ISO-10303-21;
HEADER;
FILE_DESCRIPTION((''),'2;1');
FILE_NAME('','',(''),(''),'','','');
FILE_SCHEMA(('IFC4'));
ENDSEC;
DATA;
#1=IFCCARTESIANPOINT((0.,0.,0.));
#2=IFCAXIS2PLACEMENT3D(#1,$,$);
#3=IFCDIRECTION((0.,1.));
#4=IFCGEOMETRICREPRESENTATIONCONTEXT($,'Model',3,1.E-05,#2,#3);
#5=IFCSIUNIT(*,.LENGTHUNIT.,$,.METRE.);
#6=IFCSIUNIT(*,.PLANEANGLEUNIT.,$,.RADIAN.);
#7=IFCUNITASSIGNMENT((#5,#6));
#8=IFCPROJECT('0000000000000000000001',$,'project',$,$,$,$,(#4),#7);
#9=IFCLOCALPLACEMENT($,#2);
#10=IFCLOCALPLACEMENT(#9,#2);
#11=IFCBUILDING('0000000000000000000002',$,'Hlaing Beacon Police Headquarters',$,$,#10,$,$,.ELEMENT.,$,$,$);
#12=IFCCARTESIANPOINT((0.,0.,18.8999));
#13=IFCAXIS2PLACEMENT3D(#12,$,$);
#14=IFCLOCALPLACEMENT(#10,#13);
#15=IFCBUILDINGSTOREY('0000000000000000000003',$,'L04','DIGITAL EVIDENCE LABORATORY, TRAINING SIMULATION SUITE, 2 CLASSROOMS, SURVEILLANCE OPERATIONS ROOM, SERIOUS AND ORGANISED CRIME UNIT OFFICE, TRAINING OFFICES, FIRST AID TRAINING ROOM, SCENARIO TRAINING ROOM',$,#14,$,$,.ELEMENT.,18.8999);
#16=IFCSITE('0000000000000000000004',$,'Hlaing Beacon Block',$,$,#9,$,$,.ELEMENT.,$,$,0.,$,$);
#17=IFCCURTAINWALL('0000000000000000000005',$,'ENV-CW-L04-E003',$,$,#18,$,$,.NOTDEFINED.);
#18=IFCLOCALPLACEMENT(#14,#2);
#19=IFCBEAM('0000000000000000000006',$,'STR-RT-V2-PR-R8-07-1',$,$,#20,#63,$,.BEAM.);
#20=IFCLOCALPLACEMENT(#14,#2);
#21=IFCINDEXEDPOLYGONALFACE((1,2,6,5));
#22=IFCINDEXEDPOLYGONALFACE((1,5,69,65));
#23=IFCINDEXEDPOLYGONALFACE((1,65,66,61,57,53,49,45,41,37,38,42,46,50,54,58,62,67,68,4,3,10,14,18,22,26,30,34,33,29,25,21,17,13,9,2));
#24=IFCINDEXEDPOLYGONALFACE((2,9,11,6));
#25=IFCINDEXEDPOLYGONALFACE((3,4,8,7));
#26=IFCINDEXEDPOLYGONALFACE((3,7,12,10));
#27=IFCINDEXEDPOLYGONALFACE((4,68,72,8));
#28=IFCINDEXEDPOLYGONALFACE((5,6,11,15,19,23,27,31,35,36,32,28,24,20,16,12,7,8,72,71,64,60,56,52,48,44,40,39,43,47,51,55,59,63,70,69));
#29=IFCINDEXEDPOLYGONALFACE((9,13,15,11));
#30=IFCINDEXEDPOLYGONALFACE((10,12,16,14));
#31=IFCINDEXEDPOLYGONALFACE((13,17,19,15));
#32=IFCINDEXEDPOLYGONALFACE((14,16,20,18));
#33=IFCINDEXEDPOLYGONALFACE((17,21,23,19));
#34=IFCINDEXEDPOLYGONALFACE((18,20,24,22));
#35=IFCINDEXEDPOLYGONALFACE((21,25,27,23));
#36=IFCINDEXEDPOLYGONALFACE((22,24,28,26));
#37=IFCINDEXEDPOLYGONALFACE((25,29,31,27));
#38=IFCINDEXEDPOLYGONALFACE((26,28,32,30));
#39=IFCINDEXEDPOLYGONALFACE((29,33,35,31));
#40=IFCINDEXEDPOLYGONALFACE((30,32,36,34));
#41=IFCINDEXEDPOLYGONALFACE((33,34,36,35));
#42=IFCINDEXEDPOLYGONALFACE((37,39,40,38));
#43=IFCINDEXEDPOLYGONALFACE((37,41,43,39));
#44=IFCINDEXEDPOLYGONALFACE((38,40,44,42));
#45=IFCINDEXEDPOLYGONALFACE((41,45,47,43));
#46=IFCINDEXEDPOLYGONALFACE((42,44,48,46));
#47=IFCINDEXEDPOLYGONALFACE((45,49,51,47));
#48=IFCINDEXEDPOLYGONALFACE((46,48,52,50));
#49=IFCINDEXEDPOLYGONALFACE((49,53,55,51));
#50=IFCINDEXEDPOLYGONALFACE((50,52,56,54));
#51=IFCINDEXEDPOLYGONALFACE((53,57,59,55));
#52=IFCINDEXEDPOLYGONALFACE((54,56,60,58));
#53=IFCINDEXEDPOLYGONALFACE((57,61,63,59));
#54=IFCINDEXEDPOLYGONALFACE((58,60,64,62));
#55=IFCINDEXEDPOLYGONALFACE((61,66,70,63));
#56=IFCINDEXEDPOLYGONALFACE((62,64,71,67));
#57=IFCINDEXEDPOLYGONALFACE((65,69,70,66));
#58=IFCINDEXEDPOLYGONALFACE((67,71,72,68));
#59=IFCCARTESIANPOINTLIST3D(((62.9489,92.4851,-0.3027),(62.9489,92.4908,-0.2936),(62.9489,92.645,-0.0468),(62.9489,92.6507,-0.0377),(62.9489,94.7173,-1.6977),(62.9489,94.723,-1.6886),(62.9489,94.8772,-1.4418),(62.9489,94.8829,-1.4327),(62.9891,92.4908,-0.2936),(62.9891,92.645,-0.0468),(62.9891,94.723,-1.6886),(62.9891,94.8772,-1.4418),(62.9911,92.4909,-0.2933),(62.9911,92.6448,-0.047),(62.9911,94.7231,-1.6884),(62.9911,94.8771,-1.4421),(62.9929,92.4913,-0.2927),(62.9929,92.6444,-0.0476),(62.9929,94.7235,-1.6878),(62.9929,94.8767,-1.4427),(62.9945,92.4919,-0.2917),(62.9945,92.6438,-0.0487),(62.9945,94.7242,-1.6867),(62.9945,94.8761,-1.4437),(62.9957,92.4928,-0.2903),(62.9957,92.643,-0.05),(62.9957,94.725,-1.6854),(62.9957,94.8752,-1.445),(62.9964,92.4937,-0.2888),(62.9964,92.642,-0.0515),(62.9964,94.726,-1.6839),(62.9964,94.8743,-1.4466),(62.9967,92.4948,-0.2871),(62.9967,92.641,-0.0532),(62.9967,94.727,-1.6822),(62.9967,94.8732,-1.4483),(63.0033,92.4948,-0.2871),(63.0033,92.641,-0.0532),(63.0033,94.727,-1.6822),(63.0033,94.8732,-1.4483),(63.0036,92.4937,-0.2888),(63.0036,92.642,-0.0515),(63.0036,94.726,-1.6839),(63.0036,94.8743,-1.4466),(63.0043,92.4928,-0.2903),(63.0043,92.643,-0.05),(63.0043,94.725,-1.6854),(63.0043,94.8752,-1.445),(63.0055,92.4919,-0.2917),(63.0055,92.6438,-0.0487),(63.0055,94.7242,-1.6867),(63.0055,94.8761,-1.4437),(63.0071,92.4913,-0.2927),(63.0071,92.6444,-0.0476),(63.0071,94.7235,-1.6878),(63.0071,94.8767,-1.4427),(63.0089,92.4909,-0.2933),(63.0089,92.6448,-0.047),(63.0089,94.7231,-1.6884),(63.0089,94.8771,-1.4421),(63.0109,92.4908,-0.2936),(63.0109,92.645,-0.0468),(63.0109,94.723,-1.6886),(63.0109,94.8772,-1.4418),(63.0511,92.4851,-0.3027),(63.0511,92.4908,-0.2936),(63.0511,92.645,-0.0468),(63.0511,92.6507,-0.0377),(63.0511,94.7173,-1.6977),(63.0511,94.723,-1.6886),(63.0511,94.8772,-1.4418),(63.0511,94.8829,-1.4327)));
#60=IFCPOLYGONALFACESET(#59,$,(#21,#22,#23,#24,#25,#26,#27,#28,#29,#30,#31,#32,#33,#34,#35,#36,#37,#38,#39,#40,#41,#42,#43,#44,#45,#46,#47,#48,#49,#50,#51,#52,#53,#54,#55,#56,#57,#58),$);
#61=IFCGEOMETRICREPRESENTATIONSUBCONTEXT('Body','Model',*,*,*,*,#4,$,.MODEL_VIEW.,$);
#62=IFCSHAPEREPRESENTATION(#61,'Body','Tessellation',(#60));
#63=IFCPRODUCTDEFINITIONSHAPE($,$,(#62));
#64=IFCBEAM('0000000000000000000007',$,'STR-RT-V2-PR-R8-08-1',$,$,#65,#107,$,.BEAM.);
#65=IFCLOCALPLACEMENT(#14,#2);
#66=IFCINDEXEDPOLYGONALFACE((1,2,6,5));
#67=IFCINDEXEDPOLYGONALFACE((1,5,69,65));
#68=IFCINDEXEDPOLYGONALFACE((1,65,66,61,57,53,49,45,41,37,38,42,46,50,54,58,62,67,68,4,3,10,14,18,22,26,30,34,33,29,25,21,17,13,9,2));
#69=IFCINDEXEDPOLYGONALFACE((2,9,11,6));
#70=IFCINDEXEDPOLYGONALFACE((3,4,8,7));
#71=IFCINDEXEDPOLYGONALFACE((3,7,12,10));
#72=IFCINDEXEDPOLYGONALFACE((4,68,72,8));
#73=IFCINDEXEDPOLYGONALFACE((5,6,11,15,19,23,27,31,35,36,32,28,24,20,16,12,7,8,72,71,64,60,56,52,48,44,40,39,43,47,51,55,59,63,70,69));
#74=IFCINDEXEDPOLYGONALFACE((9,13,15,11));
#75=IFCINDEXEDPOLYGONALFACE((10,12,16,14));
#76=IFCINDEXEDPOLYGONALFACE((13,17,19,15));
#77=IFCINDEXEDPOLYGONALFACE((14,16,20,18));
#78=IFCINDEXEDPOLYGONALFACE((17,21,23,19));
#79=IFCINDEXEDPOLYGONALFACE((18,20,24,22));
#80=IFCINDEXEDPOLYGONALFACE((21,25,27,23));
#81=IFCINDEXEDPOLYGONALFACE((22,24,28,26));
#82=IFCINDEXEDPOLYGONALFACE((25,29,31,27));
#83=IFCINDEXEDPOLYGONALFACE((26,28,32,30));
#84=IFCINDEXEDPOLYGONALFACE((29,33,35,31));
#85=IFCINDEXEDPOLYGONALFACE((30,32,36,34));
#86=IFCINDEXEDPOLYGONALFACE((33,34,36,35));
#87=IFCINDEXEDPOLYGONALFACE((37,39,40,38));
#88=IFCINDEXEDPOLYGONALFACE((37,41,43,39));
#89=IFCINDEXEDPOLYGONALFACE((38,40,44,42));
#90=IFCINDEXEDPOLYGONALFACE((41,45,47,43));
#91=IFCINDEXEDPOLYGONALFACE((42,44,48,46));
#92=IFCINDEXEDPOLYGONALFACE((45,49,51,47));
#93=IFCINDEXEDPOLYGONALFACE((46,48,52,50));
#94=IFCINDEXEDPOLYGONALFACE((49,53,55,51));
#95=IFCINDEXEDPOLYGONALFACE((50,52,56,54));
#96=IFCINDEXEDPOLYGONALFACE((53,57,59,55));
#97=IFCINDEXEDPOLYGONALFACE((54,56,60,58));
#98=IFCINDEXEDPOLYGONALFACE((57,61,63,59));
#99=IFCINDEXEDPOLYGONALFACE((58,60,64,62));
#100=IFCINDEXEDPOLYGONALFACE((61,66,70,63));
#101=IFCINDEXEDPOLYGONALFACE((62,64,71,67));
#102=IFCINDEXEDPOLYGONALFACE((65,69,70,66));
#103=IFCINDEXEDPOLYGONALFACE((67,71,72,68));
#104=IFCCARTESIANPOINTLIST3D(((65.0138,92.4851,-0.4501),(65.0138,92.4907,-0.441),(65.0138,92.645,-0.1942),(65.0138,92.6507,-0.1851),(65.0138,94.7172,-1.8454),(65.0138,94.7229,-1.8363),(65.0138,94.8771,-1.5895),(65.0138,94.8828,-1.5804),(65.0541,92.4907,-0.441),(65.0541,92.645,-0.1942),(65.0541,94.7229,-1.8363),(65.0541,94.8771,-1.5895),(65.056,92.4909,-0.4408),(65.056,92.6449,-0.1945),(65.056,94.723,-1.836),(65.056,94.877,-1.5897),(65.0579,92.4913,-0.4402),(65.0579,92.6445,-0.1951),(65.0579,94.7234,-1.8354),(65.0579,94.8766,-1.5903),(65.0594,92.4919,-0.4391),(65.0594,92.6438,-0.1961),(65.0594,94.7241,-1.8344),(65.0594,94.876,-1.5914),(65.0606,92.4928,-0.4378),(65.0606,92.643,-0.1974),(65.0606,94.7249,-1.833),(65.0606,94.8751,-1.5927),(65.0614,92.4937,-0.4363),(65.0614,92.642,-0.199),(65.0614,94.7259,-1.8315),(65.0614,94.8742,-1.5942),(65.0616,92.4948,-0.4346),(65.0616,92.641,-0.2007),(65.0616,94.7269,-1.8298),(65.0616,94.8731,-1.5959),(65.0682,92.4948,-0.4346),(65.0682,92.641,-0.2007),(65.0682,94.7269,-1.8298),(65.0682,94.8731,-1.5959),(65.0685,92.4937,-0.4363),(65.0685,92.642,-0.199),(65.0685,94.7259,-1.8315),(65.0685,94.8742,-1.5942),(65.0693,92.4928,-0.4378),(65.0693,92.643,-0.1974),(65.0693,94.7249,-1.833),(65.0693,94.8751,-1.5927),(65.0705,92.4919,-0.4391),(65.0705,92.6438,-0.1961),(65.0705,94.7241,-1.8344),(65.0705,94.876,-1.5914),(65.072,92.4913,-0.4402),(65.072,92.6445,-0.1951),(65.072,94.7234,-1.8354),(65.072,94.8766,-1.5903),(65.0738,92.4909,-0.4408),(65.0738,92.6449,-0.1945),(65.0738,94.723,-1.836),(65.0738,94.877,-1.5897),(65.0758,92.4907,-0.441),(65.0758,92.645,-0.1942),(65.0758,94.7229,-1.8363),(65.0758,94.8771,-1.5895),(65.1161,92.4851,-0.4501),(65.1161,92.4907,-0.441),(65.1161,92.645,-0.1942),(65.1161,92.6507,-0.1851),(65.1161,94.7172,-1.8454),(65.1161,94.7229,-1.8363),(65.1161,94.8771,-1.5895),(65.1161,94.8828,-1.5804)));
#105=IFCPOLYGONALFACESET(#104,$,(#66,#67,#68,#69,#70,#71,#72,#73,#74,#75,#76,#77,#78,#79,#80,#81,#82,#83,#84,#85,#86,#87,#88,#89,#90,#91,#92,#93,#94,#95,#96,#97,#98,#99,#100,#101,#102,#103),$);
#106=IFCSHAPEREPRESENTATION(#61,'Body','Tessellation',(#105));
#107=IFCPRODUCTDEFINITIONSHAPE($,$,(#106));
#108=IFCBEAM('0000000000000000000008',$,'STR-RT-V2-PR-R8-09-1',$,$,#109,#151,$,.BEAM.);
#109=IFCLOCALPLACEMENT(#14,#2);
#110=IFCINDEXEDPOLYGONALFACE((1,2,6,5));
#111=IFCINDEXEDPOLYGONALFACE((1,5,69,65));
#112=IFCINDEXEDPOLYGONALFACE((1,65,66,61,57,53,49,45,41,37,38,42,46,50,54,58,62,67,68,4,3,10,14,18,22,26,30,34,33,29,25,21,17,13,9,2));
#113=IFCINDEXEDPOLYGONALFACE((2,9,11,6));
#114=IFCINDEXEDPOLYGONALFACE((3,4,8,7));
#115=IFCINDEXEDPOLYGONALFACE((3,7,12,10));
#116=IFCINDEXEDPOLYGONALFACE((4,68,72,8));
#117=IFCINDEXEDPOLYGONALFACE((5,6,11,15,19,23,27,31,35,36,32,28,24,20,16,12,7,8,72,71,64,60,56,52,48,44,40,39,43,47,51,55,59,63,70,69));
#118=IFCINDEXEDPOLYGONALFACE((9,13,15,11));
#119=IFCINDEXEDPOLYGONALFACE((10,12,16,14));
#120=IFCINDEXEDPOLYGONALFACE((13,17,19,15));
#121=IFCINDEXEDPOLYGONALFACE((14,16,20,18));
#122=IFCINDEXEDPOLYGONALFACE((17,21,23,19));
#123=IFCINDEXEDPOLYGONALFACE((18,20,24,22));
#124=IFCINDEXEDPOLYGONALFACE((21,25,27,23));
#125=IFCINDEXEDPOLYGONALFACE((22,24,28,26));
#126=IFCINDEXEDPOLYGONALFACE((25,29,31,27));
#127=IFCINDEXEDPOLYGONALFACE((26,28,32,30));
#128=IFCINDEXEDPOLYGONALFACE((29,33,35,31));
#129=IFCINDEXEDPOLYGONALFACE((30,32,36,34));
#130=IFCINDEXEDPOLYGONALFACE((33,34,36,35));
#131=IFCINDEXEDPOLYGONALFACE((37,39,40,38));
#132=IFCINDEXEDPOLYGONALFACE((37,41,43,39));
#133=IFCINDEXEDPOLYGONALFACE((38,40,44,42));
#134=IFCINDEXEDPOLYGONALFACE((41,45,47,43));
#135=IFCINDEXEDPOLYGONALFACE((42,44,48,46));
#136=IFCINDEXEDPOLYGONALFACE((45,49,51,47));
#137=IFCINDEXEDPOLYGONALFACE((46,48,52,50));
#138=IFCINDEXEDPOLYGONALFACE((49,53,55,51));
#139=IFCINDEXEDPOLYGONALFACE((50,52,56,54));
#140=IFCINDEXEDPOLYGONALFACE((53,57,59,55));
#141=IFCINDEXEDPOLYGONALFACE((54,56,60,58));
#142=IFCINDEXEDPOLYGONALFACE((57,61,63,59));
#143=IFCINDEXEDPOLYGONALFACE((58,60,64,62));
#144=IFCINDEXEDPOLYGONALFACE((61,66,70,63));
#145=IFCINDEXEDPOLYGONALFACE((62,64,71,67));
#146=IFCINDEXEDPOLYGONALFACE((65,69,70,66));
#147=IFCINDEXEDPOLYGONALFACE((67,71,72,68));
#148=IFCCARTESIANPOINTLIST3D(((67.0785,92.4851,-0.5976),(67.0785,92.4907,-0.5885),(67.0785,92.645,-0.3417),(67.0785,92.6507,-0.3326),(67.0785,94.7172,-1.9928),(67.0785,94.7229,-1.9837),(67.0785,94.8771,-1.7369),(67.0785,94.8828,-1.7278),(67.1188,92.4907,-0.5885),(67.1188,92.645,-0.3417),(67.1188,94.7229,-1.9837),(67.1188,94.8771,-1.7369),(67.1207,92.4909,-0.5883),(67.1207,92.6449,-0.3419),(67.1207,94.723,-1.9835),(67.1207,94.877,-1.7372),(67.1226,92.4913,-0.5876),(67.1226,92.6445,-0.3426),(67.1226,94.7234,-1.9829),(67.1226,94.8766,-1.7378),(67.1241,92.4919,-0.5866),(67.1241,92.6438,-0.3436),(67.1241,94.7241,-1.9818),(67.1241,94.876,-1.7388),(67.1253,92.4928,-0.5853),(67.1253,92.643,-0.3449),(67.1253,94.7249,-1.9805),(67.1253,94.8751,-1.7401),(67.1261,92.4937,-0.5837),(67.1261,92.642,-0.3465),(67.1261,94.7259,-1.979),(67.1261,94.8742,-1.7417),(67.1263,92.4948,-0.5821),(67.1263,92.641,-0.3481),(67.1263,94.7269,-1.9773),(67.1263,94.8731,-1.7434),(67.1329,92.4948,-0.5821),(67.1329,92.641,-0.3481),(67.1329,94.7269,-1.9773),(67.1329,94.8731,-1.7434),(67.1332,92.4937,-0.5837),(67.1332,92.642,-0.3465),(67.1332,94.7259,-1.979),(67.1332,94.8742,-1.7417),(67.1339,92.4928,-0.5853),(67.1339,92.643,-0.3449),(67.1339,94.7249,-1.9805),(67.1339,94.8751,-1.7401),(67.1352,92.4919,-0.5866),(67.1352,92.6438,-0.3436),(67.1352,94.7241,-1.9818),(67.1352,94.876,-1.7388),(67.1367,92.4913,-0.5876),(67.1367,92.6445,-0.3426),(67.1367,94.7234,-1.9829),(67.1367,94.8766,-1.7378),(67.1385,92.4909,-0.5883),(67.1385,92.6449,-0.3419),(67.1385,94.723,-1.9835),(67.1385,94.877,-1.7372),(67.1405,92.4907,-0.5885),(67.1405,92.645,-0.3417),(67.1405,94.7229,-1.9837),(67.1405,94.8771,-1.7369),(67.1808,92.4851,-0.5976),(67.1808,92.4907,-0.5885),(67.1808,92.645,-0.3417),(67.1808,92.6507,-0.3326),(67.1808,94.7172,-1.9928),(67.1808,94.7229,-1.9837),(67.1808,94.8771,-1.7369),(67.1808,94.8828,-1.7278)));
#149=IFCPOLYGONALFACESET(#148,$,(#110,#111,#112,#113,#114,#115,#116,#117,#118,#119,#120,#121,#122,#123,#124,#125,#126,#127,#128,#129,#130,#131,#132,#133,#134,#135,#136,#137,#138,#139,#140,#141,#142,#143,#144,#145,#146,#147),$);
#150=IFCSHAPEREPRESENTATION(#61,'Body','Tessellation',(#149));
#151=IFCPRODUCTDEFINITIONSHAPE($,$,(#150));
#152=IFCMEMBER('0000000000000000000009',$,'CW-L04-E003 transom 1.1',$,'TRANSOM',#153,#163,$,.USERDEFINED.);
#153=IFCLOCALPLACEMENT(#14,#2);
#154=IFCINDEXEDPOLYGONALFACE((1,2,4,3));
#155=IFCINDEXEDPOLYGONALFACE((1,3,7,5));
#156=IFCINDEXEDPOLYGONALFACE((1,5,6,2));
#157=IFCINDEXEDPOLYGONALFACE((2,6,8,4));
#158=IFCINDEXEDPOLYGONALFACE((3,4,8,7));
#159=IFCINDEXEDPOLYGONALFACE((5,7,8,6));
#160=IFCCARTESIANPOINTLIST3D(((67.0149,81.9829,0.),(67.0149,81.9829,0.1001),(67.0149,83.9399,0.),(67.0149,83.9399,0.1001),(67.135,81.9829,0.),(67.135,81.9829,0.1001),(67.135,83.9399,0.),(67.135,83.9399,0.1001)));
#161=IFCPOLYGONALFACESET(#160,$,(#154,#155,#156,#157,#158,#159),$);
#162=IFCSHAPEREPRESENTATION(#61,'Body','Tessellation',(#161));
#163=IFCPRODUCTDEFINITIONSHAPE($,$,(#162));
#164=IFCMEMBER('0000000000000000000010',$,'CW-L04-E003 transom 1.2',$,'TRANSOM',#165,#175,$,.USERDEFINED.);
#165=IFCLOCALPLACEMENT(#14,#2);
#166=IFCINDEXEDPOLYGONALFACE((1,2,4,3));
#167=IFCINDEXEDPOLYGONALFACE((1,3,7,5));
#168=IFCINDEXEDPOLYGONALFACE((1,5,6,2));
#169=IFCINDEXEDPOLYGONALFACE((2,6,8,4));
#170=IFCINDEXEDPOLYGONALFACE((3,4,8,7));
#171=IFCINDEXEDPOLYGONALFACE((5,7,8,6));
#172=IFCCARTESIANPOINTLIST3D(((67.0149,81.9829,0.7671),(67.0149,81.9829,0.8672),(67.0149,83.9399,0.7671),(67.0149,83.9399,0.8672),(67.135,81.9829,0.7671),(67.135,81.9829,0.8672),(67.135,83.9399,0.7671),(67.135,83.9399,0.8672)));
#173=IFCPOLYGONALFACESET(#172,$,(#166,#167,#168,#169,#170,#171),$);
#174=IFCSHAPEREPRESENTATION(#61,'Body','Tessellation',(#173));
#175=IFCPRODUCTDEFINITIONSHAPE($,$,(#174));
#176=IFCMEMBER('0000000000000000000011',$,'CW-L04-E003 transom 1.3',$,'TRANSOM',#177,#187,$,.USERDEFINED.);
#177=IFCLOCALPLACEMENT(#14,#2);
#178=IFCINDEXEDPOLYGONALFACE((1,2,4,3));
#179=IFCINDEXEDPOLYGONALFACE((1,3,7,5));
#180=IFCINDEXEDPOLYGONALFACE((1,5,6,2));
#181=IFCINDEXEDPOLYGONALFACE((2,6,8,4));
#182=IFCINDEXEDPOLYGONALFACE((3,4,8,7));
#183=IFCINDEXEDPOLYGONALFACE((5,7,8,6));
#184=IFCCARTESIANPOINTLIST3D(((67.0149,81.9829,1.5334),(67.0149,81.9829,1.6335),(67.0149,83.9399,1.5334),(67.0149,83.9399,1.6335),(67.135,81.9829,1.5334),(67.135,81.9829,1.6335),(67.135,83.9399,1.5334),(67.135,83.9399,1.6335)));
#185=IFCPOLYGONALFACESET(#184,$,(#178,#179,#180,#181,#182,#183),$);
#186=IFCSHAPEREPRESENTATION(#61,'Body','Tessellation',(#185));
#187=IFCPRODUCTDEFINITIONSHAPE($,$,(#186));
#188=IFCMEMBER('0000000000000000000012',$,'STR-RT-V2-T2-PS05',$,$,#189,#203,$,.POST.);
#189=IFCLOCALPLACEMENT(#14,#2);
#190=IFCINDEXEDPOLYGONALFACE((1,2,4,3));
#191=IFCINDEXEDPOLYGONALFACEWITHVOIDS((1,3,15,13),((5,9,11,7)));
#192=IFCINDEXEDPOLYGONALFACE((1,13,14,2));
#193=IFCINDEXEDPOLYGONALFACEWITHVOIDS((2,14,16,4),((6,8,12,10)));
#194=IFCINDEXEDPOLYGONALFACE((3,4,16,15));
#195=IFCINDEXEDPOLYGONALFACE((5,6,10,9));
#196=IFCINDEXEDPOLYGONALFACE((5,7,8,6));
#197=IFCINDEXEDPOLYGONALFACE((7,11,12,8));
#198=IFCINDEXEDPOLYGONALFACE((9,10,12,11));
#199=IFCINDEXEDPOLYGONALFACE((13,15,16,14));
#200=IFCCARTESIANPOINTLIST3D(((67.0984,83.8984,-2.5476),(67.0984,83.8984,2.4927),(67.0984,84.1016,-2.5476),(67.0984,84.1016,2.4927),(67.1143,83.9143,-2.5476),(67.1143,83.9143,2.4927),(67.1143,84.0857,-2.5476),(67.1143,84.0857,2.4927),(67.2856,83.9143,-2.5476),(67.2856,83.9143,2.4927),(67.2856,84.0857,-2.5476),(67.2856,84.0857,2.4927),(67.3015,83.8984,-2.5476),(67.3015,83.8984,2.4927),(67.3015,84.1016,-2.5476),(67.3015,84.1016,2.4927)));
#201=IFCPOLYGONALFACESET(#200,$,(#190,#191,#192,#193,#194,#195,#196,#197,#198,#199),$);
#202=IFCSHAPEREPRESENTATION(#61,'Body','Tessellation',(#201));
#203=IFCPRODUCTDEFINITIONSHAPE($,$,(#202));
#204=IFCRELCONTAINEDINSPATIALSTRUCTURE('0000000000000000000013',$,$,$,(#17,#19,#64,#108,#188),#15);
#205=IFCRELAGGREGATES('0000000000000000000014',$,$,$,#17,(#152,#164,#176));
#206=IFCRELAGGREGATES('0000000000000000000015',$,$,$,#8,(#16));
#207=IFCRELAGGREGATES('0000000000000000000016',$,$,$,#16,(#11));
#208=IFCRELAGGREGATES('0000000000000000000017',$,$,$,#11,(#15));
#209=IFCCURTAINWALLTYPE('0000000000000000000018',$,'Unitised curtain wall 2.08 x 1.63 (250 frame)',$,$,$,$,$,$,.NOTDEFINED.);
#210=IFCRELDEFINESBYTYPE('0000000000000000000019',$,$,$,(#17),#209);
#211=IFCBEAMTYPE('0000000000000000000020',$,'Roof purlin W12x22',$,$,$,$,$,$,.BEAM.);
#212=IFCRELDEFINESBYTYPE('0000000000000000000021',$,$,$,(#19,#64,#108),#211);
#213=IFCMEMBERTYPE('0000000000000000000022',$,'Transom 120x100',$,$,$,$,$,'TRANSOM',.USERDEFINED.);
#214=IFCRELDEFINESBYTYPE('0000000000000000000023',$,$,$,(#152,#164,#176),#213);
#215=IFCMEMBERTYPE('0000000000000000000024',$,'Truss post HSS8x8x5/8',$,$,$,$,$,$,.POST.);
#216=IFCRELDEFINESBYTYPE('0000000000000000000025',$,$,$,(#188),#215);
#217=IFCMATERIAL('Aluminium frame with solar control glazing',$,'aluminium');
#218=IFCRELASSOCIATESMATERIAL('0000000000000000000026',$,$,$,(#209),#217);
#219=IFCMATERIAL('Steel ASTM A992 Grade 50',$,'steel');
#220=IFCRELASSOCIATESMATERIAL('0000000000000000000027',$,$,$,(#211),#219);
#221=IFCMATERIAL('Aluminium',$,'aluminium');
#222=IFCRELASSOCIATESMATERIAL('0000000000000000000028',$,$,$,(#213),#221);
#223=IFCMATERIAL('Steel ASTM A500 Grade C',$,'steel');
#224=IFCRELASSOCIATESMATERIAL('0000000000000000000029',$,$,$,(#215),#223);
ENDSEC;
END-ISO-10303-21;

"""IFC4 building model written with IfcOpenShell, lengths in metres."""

from ifc_helpers import new_model, si_unit, direction, frame, origin, origin_2d, place, context, subcontext, project, spatial, rectangle, hollow_rectangle, i_section, extrude, material, material_profile, profile_set, type_object, element, aggregate, save


model = new_model("IFC4")

# Units and contexts
model_context = context("Model", 3, precision=1e-05, world=origin(), true_north=direction((0.0, 1.0)))
body_context = subcontext(model_context, "Body", "Model", "MODEL_VIEW")
ifc_project = project(units=[si_unit("LENGTHUNIT", "METRE"), si_unit("PLANEANGLEUNIT", "RADIAN")], contexts=[model_context])

# Site, building, storey
site_placement = place(None, origin())
site = spatial("IfcSite", under=ifc_project, at=site_placement, Name="Hlaing Beacon Block", CompositionType="ELEMENT", RefElevation=0.0)
building_placement = place(site_placement, origin())
building = spatial("IfcBuilding", under=site, at=building_placement, Name="Hlaing Beacon Police Headquarters", CompositionType="ELEMENT")
storey_placement = place(building_placement, frame((0.0, 0.0, 18.8999)))
storey = spatial("IfcBuildingStorey", under=building, at=storey_placement, Name="L04", Description="DIGITAL EVIDENCE LABORATORY, TRAINING SIMULATION SUITE, 2 CLASSROOMS, SURVEILLANCE OPERATIONS ROOM, SERIOUS AND ORGANISED CRIME UNIT OFFICE, TRAINING OFFICES, FIRST AID TRAINING ROOM, SCENARIO TRAINING ROOM", CompositionType="ELEMENT", Elevation=18.8999)

# Curtain wall
ifc_material_1 = material(Name="Aluminium frame with solar control glazing", Category="aluminium")
curtain_wall_type = type_object("IfcCurtainWallType", Name="Unitised curtain wall 2.08 x 1.63 (250 frame)", PredefinedType="NOTDEFINED", material=ifc_material_1)
curtain_wall_placement = place(storey_placement, origin())
curtain_wall = element("IfcCurtainWall", 1, at=curtain_wall_placement, inside=storey, type_object=curtain_wall_type, Name="ENV-CW-L04-E003", PredefinedType="NOTDEFINED")

# Beams
ifc_material_2 = material(Name="Steel ASTM A992 Grade 50", Category="steel")
ifc_material_profile_1 = material_profile(ifc_material_2, i_section(OverallWidth=0.1023, OverallDepth=0.3125, WebThickness=0.0066, FlangeThickness=0.0107, FilletRadius=0.0076, at=origin_2d()), Name="W12x22")
ifc_profile_set_1 = profile_set([ifc_material_profile_1], Name="Steel ASTM A992 Grade 50")
beam_type_1 = type_object("IfcBeamType", Name="Roof purlin W12x22", PredefinedType="BEAM", material=ifc_profile_set_1)
for number, where, z_axis, x_axis, name in (
    (2, (63.0, 92.5679, -0.1702), (0.0, 0.848014, -0.529974), (-1.0, 0.0, 0.0), "STR-RT-V2-PR-R8-07-1"),
    (3, (65.0649, 92.5679, -0.3176), (0.0, 0.847972, -0.530041), (-1.0, 0.0, 0.0), "STR-RT-V2-PR-R8-08-1"),
    (4, (67.1296, 92.5679, -0.4651), (0.0, 0.847972, -0.530041), (-1.0, 0.0, 0.0), "STR-RT-V2-PR-R8-09-1"),
):
    element("IfcBeam", number, at=place(storey_placement, frame(where, z_axis=z_axis, x_axis=x_axis)), inside=storey, type_object=beam_type_1, Name=name, PredefinedType="BEAM", context=body_context, shape_type="SweptSolid", body=[
        extrude(i_section(OverallWidth=0.1023, OverallDepth=0.3125, WebThickness=0.0066, FlangeThickness=0.0107, FilletRadius=0.0076, at=origin_2d()), origin(), (0.0, 0.0, 1.0), 2.6323),
    ])

# Members
ifc_material_3 = material(Name="Aluminium", Category="aluminium")
ifc_material_profile_2 = material_profile(ifc_material_3, rectangle(XDim=0.1201, YDim=0.1001, at=origin_2d()), Name="Transom 120x100")
ifc_profile_set_2 = profile_set([ifc_material_profile_2], Name="Aluminium")
member_type_1 = type_object("IfcMemberType", Name="Transom 120x100", ElementType="TRANSOM", PredefinedType="USERDEFINED", material=ifc_profile_set_2)
member_1_placement = place(storey_placement, frame((67.075, 81.9829, 0.05), z_axis=(0.0, 1.0, 0.0), x_axis=(-1.0, 0.0, 0.0)))
member_1 = element("IfcMember", 5, at=member_1_placement, type_object=member_type_1, Name="CW-L04-E003 transom 1.1", ObjectType="TRANSOM", PredefinedType="USERDEFINED", context=body_context, shape_type="SweptSolid", body=[
    extrude(rectangle(XDim=0.1201, YDim=0.1001, at=origin_2d()), origin(), (0.0, 0.0, 1.0), 1.957),
])
member_2_placement = place(storey_placement, frame((67.075, 81.9829, 0.8171), z_axis=(0.0, 1.0, 0.0), x_axis=(-1.0, 0.0, 0.0)))
member_2 = element("IfcMember", 6, at=member_2_placement, type_object=member_type_1, Name="CW-L04-E003 transom 1.2", ObjectType="TRANSOM", PredefinedType="USERDEFINED", context=body_context, shape_type="SweptSolid", body=[
    extrude(rectangle(XDim=0.1201, YDim=0.1001, at=origin_2d()), origin(), (0.0, 0.0, 1.0), 1.957),
])
member_3_placement = place(storey_placement, frame((67.075, 81.9829, 1.5835), z_axis=(0.0, 1.0, 0.0), x_axis=(-1.0, 0.0, 0.0)))
member_3 = element("IfcMember", 7, at=member_3_placement, type_object=member_type_1, Name="CW-L04-E003 transom 1.3", ObjectType="TRANSOM", PredefinedType="USERDEFINED", context=body_context, shape_type="SweptSolid", body=[
    extrude(rectangle(XDim=0.1201, YDim=0.1001, at=origin_2d()), origin(), (0.0, 0.0, 1.0), 1.957),
])

# Member
ifc_material_4 = material(Name="Steel ASTM A500 Grade C", Category="steel")
ifc_material_profile_3 = material_profile(ifc_material_4, hollow_rectangle(XDim=0.2031, YDim=0.2031, WallThickness=0.0159, at=origin_2d()), Name="HSS8x8x5/8")
ifc_profile_set_3 = profile_set([ifc_material_profile_3], Name="Steel ASTM A500 Grade C")
member_type_2 = type_object("IfcMemberType", Name="Truss post HSS8x8x5/8", PredefinedType="POST", material=ifc_profile_set_3)
member_4_placement = place(storey_placement, frame((67.2, 84.0, -2.5476), z_axis=(0.0, 0.0, 1.0), x_axis=(1.0, 0.0, 0.0)))
element("IfcMember", 8, at=member_4_placement, inside=storey, type_object=member_type_2, Name="STR-RT-V2-T2-PS05", PredefinedType="POST", context=body_context, shape_type="SweptSolid", body=[
    extrude(hollow_rectangle(XDim=0.2031, YDim=0.2031, WallThickness=0.0159, at=origin_2d()), origin(), (0.0, 0.0, 1.0), 5.0403),
])

aggregate(curtain_wall, [member_1, member_2, member_3])

save(model, "model.ifc")
